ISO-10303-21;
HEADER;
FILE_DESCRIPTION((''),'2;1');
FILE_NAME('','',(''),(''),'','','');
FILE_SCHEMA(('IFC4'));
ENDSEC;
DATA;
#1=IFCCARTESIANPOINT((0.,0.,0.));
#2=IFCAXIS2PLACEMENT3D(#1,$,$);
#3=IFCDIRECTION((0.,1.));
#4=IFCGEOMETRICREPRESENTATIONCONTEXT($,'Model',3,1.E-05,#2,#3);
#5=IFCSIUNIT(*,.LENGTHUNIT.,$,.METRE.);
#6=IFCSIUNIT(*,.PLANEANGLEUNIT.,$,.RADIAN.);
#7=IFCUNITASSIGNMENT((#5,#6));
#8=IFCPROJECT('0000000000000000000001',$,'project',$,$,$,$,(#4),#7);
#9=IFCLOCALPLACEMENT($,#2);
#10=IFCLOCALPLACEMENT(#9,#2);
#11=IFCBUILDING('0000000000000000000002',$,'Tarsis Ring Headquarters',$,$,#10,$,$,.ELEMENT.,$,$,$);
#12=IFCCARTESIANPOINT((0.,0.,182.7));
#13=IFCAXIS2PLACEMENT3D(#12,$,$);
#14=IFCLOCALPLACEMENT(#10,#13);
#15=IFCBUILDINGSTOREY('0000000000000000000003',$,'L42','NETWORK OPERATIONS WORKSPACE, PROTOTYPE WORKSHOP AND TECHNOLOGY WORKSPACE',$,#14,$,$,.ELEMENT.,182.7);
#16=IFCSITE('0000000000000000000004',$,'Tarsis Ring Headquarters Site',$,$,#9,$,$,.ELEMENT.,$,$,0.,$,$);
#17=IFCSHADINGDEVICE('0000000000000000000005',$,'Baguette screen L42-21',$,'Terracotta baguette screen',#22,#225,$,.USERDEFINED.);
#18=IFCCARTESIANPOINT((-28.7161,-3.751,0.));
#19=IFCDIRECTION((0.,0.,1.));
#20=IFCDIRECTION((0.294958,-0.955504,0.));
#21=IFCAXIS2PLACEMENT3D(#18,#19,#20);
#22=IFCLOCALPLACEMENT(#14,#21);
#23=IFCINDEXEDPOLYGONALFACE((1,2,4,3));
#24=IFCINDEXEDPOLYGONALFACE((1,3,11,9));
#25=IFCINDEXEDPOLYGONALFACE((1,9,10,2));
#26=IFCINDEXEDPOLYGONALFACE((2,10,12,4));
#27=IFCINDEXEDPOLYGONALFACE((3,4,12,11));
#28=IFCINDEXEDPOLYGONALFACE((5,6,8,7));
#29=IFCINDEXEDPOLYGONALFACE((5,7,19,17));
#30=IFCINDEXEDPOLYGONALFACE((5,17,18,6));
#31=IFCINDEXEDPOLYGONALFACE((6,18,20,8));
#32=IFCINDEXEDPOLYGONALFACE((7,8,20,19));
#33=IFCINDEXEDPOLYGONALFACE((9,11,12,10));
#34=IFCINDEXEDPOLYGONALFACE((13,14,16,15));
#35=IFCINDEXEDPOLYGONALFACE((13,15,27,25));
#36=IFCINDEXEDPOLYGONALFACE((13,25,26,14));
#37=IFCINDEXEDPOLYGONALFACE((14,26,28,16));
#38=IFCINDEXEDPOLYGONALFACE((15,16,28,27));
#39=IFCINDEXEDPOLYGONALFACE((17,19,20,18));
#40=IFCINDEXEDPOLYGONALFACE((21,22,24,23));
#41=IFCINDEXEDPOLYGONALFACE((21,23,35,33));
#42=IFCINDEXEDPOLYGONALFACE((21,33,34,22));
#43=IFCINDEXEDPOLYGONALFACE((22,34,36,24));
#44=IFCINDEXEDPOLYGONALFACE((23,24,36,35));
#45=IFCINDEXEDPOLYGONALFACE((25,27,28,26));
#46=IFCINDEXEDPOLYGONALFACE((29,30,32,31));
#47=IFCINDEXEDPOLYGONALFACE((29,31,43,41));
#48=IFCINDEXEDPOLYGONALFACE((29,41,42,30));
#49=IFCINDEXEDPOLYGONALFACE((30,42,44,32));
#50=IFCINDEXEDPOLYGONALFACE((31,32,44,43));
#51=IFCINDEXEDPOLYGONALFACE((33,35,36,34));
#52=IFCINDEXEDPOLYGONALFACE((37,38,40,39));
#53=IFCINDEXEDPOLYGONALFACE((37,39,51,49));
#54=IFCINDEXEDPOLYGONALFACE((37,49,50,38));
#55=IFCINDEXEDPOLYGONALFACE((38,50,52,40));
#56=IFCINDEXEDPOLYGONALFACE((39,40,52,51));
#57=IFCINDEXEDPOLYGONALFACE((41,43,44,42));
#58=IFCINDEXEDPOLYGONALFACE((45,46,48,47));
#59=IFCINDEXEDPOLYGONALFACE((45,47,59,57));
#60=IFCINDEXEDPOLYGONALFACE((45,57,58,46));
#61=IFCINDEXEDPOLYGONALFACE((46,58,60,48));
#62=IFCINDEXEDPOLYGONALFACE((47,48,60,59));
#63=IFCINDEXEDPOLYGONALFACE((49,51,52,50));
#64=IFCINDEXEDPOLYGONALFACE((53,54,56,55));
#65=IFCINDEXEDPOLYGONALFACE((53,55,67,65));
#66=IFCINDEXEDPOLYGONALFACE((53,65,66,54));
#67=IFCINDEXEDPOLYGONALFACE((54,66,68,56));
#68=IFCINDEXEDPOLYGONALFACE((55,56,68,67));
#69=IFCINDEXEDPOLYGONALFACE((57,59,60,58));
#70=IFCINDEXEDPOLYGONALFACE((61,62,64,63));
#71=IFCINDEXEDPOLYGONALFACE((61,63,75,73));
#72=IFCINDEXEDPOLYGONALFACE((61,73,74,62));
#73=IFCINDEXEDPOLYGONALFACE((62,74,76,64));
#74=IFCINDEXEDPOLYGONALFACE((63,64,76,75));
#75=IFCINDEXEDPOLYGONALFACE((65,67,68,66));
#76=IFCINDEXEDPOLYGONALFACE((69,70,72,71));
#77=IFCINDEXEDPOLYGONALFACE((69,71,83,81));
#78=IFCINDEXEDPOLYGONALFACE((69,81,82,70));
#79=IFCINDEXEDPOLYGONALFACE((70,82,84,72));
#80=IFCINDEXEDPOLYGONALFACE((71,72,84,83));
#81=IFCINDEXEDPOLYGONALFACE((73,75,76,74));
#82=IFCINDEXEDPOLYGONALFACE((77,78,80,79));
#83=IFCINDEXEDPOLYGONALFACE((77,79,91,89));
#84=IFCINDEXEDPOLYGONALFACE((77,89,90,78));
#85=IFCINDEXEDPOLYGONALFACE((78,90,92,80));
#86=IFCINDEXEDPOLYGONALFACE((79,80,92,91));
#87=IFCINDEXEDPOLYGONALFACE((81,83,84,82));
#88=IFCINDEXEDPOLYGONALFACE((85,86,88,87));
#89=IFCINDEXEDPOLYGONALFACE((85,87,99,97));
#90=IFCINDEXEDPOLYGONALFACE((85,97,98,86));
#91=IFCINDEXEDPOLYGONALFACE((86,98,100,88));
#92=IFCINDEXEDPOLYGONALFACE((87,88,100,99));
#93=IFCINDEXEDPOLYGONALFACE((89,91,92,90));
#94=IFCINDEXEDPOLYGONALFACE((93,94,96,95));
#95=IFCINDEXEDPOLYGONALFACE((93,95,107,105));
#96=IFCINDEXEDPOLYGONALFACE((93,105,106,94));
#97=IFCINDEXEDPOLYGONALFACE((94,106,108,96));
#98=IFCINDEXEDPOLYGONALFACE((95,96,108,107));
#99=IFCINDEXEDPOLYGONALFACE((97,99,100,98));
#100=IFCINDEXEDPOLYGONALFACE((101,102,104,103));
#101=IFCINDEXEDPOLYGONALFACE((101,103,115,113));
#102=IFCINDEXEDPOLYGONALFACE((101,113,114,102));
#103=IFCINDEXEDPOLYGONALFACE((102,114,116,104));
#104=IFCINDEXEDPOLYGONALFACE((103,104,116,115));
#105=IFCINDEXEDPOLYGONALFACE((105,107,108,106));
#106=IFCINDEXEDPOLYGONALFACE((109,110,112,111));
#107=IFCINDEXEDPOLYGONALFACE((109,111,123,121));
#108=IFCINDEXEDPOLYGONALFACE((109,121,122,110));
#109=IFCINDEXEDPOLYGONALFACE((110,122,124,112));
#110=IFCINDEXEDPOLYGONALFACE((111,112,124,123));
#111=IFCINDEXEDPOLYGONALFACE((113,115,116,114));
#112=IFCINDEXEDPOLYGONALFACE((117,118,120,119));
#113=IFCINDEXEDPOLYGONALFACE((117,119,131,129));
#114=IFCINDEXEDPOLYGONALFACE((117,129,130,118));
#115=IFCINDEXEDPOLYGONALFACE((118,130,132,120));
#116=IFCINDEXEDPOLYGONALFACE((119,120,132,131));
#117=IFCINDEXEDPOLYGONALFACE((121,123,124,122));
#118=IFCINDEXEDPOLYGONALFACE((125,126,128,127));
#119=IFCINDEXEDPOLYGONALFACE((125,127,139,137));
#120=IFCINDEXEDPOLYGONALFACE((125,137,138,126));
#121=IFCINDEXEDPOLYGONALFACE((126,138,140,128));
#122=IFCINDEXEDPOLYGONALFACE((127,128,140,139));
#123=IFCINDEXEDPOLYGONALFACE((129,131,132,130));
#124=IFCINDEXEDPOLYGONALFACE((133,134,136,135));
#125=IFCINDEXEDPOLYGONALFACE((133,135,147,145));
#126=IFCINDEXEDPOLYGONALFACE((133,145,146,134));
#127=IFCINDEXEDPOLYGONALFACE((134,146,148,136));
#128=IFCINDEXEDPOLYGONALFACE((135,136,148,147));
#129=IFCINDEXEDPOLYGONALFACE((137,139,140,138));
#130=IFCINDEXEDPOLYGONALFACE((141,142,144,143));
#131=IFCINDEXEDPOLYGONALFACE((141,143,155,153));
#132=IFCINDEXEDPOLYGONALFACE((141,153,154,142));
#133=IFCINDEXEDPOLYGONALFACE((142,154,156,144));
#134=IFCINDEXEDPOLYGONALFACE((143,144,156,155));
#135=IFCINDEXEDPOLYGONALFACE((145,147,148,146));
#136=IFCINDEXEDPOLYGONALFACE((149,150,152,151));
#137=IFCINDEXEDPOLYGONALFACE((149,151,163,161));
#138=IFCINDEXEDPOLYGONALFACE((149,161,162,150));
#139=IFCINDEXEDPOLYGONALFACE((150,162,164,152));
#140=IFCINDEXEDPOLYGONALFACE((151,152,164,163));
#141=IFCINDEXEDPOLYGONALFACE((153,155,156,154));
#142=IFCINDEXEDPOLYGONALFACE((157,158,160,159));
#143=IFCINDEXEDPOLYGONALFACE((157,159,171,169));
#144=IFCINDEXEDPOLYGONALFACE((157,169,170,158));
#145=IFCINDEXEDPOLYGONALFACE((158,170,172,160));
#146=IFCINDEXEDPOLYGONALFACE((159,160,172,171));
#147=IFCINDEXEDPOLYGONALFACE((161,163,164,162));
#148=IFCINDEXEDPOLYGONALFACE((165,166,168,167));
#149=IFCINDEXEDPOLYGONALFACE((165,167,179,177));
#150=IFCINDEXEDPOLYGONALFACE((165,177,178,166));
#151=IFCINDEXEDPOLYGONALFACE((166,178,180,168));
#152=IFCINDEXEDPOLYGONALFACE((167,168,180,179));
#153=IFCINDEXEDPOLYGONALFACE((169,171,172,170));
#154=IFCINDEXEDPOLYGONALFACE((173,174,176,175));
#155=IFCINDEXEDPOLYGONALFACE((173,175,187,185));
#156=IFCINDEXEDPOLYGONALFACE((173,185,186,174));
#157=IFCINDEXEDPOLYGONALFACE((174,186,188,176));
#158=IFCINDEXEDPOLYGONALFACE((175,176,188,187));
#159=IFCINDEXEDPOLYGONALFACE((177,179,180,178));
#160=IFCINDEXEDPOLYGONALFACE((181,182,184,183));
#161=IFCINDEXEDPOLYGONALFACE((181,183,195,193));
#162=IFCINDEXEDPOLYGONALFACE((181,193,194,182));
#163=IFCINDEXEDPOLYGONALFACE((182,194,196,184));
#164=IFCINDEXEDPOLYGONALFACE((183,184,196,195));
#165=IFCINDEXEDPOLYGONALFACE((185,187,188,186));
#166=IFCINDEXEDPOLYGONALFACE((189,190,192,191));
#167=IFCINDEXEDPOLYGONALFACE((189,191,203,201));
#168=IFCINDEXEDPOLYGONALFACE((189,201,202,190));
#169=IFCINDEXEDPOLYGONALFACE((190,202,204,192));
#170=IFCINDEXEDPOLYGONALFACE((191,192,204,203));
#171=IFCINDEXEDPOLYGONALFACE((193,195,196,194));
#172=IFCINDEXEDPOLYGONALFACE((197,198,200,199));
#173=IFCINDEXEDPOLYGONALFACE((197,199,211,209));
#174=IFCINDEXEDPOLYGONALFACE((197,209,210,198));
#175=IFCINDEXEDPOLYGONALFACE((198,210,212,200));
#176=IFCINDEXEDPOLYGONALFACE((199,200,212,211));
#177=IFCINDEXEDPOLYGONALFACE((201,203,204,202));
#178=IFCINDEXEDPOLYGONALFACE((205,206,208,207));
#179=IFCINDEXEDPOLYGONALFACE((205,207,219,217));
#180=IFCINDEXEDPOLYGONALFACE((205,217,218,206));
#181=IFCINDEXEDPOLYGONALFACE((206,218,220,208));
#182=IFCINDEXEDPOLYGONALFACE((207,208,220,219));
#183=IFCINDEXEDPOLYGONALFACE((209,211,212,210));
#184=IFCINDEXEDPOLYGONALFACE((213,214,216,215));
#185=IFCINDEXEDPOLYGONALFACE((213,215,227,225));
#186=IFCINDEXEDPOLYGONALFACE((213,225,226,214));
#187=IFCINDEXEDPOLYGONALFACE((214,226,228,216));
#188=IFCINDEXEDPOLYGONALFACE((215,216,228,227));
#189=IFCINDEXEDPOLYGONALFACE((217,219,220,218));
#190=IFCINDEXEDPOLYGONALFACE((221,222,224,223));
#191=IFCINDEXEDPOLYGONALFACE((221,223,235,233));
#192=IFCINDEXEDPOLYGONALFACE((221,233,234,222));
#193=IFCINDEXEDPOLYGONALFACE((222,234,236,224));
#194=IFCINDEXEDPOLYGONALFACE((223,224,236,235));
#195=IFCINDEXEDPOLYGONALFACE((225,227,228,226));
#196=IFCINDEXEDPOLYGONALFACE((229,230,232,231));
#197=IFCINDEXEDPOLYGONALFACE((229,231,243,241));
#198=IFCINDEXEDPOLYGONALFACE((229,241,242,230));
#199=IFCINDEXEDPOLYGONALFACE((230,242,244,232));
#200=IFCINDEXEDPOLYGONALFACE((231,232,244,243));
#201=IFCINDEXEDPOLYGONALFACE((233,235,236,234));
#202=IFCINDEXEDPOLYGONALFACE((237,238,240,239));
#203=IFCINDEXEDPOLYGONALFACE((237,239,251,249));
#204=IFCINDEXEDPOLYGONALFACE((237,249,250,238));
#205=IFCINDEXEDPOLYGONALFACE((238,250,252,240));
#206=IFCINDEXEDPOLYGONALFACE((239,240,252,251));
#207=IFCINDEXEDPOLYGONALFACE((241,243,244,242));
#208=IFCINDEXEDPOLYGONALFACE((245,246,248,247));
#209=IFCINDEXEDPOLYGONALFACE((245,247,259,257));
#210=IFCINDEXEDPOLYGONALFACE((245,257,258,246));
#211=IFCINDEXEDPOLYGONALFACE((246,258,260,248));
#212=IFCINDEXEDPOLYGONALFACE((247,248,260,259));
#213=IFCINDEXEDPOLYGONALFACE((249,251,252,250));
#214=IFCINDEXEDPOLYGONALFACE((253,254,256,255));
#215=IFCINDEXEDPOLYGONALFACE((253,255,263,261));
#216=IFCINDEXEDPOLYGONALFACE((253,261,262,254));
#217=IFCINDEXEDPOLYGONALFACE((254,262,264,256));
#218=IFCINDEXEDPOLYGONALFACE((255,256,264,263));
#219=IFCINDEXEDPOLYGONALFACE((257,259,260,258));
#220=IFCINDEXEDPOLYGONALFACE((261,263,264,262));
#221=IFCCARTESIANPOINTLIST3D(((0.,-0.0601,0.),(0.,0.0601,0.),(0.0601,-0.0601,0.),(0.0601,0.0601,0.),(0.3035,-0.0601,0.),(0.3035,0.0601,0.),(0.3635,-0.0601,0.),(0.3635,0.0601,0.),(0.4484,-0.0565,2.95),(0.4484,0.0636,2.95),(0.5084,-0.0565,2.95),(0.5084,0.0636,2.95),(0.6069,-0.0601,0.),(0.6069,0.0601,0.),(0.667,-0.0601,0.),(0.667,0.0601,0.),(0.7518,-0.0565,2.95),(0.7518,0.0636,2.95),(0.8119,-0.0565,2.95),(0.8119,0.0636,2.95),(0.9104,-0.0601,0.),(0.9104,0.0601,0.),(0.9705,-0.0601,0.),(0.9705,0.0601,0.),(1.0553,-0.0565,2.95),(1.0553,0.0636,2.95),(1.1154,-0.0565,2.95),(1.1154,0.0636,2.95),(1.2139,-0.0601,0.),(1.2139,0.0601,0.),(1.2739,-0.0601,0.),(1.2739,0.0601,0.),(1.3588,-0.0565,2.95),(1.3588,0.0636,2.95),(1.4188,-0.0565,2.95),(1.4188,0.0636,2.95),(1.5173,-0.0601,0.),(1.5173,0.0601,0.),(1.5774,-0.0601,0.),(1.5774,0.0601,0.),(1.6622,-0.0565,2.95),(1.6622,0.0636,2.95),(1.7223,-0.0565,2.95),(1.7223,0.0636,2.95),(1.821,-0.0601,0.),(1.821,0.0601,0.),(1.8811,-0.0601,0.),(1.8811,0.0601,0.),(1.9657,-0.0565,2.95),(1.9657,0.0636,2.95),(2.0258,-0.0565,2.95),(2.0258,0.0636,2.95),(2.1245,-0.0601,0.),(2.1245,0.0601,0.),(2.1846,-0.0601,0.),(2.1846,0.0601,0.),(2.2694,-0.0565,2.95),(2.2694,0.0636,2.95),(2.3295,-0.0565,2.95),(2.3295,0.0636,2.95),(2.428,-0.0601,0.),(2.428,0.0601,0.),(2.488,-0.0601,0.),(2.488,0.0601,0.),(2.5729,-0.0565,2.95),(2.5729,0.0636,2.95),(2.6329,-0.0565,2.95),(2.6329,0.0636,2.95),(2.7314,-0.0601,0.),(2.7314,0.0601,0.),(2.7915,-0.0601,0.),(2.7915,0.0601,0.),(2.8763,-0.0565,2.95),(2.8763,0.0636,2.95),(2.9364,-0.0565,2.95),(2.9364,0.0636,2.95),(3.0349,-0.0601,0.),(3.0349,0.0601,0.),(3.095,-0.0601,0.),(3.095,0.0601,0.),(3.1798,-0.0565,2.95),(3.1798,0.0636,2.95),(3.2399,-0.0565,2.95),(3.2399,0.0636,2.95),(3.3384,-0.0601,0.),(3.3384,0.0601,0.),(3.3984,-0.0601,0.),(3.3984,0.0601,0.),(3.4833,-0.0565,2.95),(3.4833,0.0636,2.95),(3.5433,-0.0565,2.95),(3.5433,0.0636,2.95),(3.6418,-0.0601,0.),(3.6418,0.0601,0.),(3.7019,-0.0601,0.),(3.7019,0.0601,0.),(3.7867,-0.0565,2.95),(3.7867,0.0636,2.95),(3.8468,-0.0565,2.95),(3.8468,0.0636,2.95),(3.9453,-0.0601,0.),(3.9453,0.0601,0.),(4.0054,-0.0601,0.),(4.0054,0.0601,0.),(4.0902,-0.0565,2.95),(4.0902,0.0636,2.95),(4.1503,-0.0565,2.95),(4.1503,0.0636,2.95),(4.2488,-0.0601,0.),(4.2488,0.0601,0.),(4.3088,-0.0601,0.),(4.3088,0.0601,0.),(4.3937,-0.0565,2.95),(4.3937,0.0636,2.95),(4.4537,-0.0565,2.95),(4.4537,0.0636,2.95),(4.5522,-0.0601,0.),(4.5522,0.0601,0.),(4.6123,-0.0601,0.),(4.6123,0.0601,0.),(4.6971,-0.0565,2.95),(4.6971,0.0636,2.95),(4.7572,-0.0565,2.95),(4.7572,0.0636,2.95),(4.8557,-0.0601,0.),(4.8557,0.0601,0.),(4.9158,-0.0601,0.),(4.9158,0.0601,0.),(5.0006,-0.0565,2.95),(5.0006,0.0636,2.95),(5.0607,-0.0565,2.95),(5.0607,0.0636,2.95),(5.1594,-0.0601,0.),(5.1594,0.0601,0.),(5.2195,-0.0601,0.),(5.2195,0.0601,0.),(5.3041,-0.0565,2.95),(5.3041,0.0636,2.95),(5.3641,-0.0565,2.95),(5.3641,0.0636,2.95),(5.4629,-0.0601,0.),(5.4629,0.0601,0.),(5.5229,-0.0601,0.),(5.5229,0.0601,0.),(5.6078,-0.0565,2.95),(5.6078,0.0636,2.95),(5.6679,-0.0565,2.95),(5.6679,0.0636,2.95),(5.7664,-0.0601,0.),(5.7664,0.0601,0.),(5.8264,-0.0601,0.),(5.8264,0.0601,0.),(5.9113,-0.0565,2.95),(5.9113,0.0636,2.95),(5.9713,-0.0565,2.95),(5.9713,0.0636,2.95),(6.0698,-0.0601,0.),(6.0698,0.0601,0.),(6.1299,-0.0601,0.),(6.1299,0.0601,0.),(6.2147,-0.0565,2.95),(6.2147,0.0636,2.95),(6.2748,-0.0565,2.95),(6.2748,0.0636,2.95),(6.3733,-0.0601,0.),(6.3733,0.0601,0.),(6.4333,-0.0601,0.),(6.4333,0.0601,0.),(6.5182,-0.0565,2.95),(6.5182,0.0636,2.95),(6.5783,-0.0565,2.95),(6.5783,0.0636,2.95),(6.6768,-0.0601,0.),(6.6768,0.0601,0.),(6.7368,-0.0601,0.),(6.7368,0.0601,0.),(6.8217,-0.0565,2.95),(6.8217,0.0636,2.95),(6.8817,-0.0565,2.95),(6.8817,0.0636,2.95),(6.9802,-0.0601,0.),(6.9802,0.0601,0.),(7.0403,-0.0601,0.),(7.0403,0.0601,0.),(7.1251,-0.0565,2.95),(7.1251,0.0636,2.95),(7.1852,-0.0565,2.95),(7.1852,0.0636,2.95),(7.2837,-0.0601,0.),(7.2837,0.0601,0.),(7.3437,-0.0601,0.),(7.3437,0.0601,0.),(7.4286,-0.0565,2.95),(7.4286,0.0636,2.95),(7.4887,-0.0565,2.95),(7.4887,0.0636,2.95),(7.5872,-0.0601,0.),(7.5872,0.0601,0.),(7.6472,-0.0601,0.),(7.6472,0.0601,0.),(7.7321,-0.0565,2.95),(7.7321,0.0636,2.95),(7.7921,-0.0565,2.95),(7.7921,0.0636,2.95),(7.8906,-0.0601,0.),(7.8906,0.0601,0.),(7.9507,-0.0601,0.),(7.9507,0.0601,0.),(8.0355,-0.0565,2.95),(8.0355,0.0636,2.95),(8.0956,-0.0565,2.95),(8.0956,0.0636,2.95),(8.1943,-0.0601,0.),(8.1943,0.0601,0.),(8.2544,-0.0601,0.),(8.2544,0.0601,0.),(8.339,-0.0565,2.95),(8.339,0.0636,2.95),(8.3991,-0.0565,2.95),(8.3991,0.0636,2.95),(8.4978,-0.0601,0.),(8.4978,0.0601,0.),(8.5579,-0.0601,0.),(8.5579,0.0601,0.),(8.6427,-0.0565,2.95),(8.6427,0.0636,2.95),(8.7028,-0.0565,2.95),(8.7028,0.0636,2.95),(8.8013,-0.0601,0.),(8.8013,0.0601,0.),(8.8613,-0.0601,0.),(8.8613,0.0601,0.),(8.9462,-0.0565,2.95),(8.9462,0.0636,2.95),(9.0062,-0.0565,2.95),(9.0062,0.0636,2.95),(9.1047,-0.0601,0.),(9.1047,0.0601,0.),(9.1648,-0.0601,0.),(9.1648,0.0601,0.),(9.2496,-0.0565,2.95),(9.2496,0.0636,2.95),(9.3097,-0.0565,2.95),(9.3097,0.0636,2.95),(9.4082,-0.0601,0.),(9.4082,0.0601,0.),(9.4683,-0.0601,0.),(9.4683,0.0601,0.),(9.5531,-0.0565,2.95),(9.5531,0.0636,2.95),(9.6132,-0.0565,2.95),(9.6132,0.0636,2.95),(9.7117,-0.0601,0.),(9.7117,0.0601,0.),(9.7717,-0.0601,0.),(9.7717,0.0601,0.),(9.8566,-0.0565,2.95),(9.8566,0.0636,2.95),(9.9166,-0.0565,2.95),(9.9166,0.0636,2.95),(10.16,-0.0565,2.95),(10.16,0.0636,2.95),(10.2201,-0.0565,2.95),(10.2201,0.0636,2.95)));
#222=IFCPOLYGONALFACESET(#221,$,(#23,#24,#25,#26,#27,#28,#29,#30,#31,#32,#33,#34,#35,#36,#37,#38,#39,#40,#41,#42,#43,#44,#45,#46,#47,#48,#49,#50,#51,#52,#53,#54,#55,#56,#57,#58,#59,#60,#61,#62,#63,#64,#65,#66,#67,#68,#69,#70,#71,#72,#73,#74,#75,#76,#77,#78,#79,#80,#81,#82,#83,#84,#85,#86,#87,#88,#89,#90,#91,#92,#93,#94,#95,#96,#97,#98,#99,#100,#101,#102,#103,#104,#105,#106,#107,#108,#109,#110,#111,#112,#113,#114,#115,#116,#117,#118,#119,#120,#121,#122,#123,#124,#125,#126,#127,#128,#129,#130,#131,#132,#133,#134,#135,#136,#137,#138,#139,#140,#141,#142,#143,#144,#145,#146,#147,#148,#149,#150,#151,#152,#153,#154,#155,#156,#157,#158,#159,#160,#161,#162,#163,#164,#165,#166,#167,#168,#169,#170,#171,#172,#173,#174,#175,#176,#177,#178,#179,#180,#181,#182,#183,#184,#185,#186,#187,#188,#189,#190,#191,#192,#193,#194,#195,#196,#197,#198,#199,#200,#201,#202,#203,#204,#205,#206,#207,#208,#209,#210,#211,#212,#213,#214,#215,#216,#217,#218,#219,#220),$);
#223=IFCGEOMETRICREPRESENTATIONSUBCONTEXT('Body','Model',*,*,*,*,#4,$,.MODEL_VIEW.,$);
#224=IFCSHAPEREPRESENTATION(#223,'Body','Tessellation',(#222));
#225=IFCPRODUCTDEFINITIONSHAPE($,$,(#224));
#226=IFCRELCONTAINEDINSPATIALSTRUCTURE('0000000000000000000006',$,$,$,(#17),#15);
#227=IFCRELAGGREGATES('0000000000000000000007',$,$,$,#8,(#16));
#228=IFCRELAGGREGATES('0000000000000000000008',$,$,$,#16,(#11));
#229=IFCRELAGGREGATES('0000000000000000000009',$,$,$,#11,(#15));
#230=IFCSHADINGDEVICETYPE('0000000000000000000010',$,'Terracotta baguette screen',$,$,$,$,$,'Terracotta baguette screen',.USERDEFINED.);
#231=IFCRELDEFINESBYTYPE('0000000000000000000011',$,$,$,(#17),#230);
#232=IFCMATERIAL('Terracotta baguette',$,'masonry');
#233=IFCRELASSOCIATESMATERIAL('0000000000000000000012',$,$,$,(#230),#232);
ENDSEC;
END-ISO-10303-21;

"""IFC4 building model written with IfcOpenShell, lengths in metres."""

from ifc_helpers import new_model, si_unit, direction, frame, frame_2d, origin, place, context, subcontext, project, spatial, rectangle, composite_profile, extrude, material, type_object, element, save


model = new_model("IFC4")

# Units and contexts
model_context = context("Model", 3, precision=1e-05, world=origin(), true_north=direction((0.0, 1.0)))
body_context = subcontext(model_context, "Body", "Model", "MODEL_VIEW")
ifc_project = project(units=[si_unit("LENGTHUNIT", "METRE"), si_unit("PLANEANGLEUNIT", "RADIAN")], contexts=[model_context])

# Site, building, storey
site_placement = place(None, origin())
site = spatial("IfcSite", under=ifc_project, at=site_placement, Name="Tarsis Ring Headquarters Site", CompositionType="ELEMENT", RefElevation=0.0)
building_placement = place(site_placement, origin())
building = spatial("IfcBuilding", under=site, at=building_placement, Name="Tarsis Ring Headquarters", CompositionType="ELEMENT")
storey_placement = place(building_placement, frame((0.0, 0.0, 182.7)))
storey = spatial("IfcBuildingStorey", under=building, at=storey_placement, Name="L42", Description="NETWORK OPERATIONS WORKSPACE, PROTOTYPE WORKSHOP AND TECHNOLOGY WORKSPACE", CompositionType="ELEMENT", Elevation=182.7)

# Shading device
ifc_material_1 = material(Name="Terracotta baguette", Category="masonry")
shading_device_type = type_object("IfcShadingDeviceType", Name="Terracotta baguette screen", ElementType="Terracotta baguette screen", PredefinedType="USERDEFINED", material=ifc_material_1)
shading_device_1_placement = place(storey_placement, frame((-28.7161, -3.751, 0.0), z_axis=(0.0, 0.0, 1.0), x_axis=(0.294958, -0.955504, 0.0)))
element("IfcShadingDevice", 1, at=shading_device_1_placement, inside=storey, type_object=shading_device_type, Name="Baguette screen L42-21", ObjectType="Terracotta baguette screen", PredefinedType="USERDEFINED", context=body_context, shape_type="SweptSolid", body=[
    extrude(composite_profile([rectangle(XDim=0.0601, YDim=0.1201, at=frame_2d((0.03, 0.0))), rectangle(XDim=0.0601, YDim=0.1201, at=frame_2d((0.3335, 0.0))), rectangle(XDim=0.0601, YDim=0.1201, at=frame_2d((0.637, 0.0))), rectangle(XDim=0.0601, YDim=0.1201, at=frame_2d((0.9404, 0.0))), rectangle(XDim=0.0601, YDim=0.1201, at=frame_2d((1.2439, 0.0))), rectangle(XDim=0.0601, YDim=0.1201, at=frame_2d((1.5474, 0.0))), rectangle(XDim=0.0601, YDim=0.1201, at=frame_2d((1.8511, 0.0))), rectangle(XDim=0.0601, YDim=0.1201, at=frame_2d((2.1545, 0.0))), rectangle(XDim=0.0601, YDim=0.1201, at=frame_2d((2.458, 0.0))), rectangle(XDim=0.0601, YDim=0.1201, at=frame_2d((2.7615, 0.0))), rectangle(XDim=0.0601, YDim=0.1201, at=frame_2d((3.0649, 0.0))), rectangle(XDim=0.0601, YDim=0.1201, at=frame_2d((3.3684, 0.0))), rectangle(XDim=0.0601, YDim=0.1201, at=frame_2d((3.6719, 0.0))), rectangle(XDim=0.0601, YDim=0.1201, at=frame_2d((3.9753, 0.0))), rectangle(XDim=0.0601, YDim=0.1201, at=frame_2d((4.2788, 0.0))), rectangle(XDim=0.0601, YDim=0.1201, at=frame_2d((4.5823, 0.0))), rectangle(XDim=0.0601, YDim=0.1201, at=frame_2d((4.8857, 0.0))), rectangle(XDim=0.0601, YDim=0.1201, at=frame_2d((5.1895, 0.0))), rectangle(XDim=0.0601, YDim=0.1201, at=frame_2d((5.4929, 0.0))), rectangle(XDim=0.0601, YDim=0.1201, at=frame_2d((5.7964, 0.0))), rectangle(XDim=0.0601, YDim=0.1201, at=frame_2d((6.0999, 0.0))), rectangle(XDim=0.0601, YDim=0.1201, at=frame_2d((6.4033, 0.0))), rectangle(XDim=0.0601, YDim=0.1201, at=frame_2d((6.7068, 0.0))), rectangle(XDim=0.0601, YDim=0.1201, at=frame_2d((7.0103, 0.0))), rectangle(XDim=0.0601, YDim=0.1201, at=frame_2d((7.3137, 0.0))), rectangle(XDim=0.0601, YDim=0.1201, at=frame_2d((7.6172, 0.0))), rectangle(XDim=0.0601, YDim=0.1201, at=frame_2d((7.9207, 0.0))), rectangle(XDim=0.0601, YDim=0.1201, at=frame_2d((8.2244, 0.0))), rectangle(XDim=0.0601, YDim=0.1201, at=frame_2d((8.5278, 0.0))), rectangle(XDim=0.0601, YDim=0.1201, at=frame_2d((8.8313, 0.0))), rectangle(XDim=0.0601, YDim=0.1201, at=frame_2d((9.1348, 0.0))), rectangle(XDim=0.0601, YDim=0.1201, at=frame_2d((9.4382, 0.0))), rectangle(XDim=0.0601, YDim=0.1201, at=frame_2d((9.7417, 0.0)))]), origin(), (0.150263, 0.00118, 0.988645), 2.9839),
])

save(model, "model.ifc")
